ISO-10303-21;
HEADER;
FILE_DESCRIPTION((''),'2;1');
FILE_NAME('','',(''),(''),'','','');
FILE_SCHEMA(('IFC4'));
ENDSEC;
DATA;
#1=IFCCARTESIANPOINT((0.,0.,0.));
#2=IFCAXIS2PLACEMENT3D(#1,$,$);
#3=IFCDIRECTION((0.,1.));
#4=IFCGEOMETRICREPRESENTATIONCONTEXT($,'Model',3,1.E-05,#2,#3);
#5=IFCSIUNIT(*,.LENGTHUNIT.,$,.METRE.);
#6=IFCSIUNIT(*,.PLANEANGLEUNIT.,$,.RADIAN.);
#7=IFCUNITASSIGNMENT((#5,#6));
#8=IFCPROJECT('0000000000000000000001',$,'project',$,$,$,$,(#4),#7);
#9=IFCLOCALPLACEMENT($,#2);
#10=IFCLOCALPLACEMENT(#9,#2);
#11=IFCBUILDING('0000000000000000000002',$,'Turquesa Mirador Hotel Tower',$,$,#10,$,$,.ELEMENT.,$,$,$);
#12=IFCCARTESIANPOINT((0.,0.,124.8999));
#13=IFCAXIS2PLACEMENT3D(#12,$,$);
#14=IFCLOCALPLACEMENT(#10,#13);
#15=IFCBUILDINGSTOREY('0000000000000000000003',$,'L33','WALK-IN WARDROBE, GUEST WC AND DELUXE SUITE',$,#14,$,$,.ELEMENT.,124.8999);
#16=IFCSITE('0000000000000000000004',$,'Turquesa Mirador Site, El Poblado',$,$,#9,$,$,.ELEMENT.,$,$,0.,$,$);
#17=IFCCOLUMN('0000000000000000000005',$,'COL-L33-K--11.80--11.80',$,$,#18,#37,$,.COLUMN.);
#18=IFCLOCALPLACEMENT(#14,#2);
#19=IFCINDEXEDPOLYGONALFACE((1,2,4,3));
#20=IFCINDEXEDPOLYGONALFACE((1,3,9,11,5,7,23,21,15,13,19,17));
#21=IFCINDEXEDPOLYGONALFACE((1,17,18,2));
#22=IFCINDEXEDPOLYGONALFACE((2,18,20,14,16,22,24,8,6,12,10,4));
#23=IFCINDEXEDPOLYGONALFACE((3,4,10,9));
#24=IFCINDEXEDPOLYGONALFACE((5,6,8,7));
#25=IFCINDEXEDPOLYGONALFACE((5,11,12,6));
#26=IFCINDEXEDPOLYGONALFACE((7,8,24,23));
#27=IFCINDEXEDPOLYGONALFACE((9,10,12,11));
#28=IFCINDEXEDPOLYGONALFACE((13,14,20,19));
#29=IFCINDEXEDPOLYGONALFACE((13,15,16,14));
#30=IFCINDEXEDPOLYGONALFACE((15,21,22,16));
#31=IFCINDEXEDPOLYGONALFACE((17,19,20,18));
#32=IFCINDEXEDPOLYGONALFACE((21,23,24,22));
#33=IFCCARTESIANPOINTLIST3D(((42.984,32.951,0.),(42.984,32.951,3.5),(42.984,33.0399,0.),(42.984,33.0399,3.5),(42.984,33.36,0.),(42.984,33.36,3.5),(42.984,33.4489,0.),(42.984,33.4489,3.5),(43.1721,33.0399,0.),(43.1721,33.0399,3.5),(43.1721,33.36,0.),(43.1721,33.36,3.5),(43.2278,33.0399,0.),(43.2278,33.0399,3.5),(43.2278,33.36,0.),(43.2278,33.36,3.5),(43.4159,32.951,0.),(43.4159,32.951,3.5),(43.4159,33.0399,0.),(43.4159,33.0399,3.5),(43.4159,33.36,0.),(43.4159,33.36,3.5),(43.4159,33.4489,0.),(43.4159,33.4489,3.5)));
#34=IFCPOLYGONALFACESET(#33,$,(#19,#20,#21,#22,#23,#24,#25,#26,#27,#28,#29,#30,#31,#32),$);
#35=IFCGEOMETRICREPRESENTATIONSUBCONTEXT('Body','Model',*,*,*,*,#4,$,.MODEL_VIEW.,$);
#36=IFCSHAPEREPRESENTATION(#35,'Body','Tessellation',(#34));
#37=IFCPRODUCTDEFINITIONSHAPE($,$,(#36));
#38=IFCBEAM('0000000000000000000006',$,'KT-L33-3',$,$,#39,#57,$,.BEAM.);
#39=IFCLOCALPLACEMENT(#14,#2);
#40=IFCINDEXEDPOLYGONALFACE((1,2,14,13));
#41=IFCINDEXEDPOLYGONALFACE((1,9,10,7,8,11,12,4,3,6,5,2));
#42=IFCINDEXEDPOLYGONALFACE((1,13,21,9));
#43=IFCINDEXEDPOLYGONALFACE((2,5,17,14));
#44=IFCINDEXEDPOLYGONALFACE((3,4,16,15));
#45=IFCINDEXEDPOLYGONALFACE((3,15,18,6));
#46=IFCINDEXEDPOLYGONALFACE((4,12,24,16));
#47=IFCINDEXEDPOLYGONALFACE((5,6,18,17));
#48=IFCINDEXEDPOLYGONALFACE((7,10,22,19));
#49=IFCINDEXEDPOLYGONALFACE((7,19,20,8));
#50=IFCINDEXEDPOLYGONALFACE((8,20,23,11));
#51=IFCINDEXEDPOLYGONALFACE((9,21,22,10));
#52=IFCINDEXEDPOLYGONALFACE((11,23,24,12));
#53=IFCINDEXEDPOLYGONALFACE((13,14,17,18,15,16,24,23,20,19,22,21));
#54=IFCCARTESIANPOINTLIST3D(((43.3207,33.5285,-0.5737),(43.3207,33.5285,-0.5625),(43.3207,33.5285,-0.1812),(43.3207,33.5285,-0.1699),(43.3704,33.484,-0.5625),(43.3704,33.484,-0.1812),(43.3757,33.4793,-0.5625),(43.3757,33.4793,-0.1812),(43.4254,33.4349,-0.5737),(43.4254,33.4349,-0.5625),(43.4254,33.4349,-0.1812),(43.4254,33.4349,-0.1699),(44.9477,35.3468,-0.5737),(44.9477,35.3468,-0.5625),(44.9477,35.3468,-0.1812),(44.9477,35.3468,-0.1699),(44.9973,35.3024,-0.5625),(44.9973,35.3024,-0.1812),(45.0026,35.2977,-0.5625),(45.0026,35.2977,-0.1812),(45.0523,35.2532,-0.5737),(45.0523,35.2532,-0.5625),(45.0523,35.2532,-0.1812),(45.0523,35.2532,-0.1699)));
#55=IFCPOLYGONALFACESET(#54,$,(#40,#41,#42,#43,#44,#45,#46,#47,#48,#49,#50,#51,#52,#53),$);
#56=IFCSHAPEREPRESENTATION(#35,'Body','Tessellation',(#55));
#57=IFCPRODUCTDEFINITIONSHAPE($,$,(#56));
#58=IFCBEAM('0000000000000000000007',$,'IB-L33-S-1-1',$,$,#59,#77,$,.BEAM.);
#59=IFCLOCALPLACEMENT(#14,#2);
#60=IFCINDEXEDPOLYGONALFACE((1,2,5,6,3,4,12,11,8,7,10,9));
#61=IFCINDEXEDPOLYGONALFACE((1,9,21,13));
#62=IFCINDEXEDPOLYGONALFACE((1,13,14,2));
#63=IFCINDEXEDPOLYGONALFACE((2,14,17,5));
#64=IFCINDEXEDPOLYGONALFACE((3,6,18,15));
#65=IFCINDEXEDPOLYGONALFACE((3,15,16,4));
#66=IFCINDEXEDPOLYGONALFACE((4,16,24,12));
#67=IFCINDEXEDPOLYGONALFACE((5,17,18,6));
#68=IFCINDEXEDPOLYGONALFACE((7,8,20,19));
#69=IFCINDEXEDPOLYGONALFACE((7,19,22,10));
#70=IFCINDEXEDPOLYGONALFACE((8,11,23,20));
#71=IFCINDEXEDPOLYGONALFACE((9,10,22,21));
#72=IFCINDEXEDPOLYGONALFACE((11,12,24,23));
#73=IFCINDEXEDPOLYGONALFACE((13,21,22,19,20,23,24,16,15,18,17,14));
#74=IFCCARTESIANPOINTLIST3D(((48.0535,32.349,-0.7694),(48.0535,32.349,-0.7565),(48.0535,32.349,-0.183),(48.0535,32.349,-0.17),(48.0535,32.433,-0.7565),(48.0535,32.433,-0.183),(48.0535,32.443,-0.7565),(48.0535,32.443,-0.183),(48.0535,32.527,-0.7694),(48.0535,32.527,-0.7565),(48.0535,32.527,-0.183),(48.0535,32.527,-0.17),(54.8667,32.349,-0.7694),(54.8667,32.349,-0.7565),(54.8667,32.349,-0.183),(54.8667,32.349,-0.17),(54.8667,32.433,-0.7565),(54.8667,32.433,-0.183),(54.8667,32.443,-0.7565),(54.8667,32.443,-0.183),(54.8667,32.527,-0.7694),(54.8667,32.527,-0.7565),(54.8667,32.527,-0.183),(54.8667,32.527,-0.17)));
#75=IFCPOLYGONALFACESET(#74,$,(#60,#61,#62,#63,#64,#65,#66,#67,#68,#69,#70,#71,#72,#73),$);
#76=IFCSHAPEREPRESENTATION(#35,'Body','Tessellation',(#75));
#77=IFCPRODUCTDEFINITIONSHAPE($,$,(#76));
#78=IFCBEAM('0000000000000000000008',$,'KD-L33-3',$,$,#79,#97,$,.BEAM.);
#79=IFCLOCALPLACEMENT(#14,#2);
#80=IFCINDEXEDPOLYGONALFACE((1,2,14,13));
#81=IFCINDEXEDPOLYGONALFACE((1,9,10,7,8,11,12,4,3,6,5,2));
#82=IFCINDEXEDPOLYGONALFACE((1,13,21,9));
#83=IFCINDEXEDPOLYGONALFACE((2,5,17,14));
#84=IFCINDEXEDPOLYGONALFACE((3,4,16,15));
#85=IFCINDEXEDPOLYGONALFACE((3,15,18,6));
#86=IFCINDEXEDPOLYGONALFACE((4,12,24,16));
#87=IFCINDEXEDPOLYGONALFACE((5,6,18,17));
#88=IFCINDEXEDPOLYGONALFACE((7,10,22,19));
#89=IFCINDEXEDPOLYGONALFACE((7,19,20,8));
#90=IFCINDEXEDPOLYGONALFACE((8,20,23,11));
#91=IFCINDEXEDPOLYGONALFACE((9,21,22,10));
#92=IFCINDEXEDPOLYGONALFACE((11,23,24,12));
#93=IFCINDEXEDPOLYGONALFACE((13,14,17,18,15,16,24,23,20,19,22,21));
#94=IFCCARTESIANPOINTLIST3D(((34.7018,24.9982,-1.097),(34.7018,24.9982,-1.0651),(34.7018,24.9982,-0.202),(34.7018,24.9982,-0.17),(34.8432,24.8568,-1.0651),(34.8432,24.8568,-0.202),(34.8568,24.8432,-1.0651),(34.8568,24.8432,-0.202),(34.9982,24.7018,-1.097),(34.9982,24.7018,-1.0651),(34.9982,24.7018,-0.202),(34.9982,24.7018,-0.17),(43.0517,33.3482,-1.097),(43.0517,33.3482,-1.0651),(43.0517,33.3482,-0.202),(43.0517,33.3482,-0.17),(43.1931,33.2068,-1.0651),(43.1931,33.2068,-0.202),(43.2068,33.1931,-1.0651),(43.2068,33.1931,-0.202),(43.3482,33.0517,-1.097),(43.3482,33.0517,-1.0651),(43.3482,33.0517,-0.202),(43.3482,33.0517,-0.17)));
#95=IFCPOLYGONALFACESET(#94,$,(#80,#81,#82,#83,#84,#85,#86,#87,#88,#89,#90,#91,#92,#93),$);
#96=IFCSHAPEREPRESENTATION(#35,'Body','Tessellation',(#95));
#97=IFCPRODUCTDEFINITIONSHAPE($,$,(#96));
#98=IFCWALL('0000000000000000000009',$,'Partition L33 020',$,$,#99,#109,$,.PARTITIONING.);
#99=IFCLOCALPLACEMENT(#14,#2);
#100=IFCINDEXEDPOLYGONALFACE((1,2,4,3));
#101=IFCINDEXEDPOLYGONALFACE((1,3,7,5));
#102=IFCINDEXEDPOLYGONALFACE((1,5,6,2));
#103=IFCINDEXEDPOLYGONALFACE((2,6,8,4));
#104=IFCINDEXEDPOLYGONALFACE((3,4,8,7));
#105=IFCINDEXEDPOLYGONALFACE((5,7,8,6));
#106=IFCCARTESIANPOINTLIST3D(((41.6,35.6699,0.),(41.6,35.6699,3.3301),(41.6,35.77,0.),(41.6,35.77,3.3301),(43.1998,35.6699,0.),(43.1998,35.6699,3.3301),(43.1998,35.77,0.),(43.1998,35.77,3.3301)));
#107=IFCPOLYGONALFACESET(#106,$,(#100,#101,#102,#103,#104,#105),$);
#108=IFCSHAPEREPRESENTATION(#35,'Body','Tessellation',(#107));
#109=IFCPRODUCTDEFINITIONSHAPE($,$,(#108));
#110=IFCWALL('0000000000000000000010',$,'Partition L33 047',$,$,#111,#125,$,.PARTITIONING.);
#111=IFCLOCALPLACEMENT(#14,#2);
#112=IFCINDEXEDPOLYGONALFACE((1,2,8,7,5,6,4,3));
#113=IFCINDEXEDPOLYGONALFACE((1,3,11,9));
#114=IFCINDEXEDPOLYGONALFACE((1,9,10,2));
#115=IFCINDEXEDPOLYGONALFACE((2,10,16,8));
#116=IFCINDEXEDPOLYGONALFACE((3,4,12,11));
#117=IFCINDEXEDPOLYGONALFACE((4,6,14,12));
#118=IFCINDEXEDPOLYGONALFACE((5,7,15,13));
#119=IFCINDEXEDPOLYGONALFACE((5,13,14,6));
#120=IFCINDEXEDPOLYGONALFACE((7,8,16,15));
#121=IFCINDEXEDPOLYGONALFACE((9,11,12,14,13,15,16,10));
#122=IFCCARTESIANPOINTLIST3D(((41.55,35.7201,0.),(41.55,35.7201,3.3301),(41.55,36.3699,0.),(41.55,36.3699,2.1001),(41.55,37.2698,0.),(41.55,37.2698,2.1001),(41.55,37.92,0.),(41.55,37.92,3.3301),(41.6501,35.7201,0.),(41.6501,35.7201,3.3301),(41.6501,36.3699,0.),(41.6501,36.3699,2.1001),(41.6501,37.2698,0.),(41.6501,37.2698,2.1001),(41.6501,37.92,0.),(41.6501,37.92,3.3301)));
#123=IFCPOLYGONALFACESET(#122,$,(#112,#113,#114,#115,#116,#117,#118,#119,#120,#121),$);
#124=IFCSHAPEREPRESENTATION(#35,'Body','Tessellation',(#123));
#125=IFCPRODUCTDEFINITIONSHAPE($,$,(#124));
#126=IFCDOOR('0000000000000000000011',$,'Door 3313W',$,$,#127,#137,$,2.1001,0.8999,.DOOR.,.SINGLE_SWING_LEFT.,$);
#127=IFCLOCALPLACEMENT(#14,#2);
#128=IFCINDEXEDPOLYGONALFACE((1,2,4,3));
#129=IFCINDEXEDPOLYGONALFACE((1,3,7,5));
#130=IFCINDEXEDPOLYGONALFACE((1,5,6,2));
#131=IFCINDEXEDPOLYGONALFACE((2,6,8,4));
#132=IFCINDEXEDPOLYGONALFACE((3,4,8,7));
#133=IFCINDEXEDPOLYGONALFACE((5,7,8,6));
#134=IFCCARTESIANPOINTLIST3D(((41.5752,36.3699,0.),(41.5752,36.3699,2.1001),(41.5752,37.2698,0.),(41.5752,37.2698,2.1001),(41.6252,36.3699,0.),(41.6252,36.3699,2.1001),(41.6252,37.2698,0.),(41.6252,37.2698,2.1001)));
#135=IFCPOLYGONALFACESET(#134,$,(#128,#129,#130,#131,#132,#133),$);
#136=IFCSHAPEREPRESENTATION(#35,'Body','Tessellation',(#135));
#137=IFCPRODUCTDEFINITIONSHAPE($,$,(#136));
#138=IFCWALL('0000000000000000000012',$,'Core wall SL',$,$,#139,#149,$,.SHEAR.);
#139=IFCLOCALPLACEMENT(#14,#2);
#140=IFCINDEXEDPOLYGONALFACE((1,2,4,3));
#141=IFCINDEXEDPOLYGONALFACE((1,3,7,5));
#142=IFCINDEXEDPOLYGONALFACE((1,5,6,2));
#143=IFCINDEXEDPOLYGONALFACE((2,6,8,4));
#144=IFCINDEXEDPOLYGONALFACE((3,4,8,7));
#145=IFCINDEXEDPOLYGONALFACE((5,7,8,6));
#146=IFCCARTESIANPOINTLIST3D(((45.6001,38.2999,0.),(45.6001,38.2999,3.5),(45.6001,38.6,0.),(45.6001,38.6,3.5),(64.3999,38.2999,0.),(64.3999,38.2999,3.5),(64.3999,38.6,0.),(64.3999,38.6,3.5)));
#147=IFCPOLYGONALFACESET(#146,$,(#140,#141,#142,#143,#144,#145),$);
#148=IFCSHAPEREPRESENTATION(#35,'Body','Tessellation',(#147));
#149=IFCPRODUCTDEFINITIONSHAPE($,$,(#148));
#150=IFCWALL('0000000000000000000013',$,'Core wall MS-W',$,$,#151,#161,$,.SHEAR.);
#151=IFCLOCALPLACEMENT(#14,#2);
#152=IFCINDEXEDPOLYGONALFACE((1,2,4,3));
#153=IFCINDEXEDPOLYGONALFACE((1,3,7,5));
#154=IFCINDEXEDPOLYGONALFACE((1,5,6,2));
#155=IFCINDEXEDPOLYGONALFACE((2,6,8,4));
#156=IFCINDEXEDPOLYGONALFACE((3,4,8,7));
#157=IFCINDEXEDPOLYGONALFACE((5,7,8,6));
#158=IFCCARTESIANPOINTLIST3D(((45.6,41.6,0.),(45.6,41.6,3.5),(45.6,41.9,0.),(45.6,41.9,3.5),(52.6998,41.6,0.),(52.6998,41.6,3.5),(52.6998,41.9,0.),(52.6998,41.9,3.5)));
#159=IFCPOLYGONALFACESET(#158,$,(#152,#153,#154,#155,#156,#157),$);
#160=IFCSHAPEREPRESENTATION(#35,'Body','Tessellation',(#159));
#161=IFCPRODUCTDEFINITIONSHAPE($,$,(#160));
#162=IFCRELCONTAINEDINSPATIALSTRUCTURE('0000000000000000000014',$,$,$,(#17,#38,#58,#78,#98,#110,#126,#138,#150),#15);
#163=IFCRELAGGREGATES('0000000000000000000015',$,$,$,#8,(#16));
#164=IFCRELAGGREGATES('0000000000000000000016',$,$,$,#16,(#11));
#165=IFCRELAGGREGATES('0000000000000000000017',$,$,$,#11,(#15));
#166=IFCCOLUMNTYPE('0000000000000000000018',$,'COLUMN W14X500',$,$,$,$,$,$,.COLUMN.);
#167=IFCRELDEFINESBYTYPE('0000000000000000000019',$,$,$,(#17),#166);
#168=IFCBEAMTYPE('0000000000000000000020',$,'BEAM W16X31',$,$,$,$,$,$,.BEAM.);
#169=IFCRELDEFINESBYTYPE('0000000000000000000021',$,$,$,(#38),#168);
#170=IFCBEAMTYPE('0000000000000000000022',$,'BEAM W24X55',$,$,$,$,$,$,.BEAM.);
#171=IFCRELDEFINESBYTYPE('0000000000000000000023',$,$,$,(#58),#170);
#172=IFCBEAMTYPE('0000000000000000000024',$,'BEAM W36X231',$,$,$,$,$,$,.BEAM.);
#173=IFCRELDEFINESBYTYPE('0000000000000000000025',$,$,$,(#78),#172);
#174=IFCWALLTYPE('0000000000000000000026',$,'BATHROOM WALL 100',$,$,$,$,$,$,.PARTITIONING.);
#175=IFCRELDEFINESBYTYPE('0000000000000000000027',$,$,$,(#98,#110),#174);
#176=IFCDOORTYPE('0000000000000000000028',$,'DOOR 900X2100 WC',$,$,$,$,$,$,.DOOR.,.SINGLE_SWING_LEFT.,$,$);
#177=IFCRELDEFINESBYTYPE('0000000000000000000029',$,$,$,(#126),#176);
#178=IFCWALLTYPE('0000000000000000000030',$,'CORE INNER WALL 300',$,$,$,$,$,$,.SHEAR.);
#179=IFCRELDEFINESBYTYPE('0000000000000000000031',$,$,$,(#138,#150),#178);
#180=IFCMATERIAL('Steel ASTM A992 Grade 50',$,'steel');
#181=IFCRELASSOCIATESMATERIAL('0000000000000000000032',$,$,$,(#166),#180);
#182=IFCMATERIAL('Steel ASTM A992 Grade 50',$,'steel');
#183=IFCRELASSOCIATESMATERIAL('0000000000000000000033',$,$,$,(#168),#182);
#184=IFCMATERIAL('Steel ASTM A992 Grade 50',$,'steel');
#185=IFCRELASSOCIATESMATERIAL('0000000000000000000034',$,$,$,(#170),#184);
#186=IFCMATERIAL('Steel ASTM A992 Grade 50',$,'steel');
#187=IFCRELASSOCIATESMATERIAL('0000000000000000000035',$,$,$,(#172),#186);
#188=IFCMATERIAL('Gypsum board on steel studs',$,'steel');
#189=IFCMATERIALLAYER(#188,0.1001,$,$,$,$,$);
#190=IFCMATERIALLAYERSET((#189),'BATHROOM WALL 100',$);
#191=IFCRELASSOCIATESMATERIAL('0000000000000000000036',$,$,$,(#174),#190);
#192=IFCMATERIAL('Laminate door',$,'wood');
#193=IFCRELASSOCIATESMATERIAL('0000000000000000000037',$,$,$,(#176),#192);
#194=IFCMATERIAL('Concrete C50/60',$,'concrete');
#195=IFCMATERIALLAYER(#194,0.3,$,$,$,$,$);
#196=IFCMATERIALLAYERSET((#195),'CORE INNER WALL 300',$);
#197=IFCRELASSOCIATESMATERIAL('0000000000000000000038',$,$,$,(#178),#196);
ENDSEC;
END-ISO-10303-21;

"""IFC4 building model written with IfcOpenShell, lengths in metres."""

from ifc_helpers import new_model, si_unit, direction, frame, frame_2d, origin, origin_2d, place, context, subcontext, project, spatial, rectangle, i_section, extrude, material, layer, layer_set, material_profile, profile_set, type_object, element, fill, save


model = new_model("IFC4")

# Units and contexts
model_context = context("Model", 3, precision=1e-05, world=origin(), true_north=direction((0.0, 1.0)))
body_context = subcontext(model_context, "Body", "Model", "MODEL_VIEW")
ifc_project = project(units=[si_unit("LENGTHUNIT", "METRE"), si_unit("PLANEANGLEUNIT", "RADIAN")], contexts=[model_context])

# Site, building, storey
site_placement = place(None, origin())
site = spatial("IfcSite", under=ifc_project, at=site_placement, Name="Turquesa Mirador Site, El Poblado", CompositionType="ELEMENT", RefElevation=0.0)
building_placement = place(site_placement, origin())
building = spatial("IfcBuilding", under=site, at=building_placement, Name="Turquesa Mirador Hotel Tower", CompositionType="ELEMENT")
storey_placement = place(building_placement, frame((0.0, 0.0, 124.8999)))
storey = spatial("IfcBuildingStorey", under=building, at=storey_placement, Name="L33", Description="WALK-IN WARDROBE, GUEST WC AND DELUXE SUITE", CompositionType="ELEMENT", Elevation=124.8999)

# Column
ifc_material_1 = material(Name="Steel ASTM A992 Grade 50", Category="steel")
ifc_material_profile_1 = material_profile(ifc_material_1, i_section(OverallWidth=0.4319, OverallDepth=0.4978, WebThickness=0.0557, FlangeThickness=0.0889, at=origin_2d()), Name="W14X500")
ifc_profile_set_1 = profile_set([ifc_material_profile_1], Name="Steel ASTM A992 Grade 50")
column_type = type_object("IfcColumnType", Name="COLUMN W14X500", PredefinedType="COLUMN", material=ifc_profile_set_1)
column_placement = place(storey_placement, frame((43.2, 33.2, 0.0), z_axis=(0.0, 0.0, 1.0), x_axis=(1.0, 0.0, 0.0)))
element("IfcColumn", 1, at=column_placement, inside=storey, type_object=column_type, Name="COL-L33-K--11.80--11.80", PredefinedType="COLUMN", context=body_context, shape_type="SweptSolid", body=[
    extrude(i_section(OverallWidth=0.4319, OverallDepth=0.4978, WebThickness=0.0557, FlangeThickness=0.0889, at=origin_2d()), origin(), (0.0, 0.0, 1.0), 3.5),
])

# Beams
ifc_material_2 = material(Name="Steel ASTM A992 Grade 50", Category="steel")
ifc_material_profile_2 = material_profile(ifc_material_2, i_section(OverallWidth=0.1404, OverallDepth=0.4038, WebThickness=0.0071, FlangeThickness=0.0112, at=origin_2d()), Name="W16X31")
ifc_profile_set_2 = profile_set([ifc_material_profile_2], Name="Steel ASTM A992 Grade 50")
beam_type_1 = type_object("IfcBeamType", Name="BEAM W16X31", PredefinedType="BEAM", material=ifc_profile_set_2)
beam_1_placement = place(storey_placement, frame((43.373, 33.4817, -0.3718), z_axis=(0.666795, 0.745241, 0.0), x_axis=(-0.745241, 0.666795, 0.0)))
element("IfcBeam", 2, at=beam_1_placement, inside=storey, type_object=beam_type_1, Name="KT-L33-3", PredefinedType="BEAM", context=body_context, shape_type="SweptSolid", body=[
    extrude(i_section(OverallWidth=0.1404, OverallDepth=0.4038, WebThickness=0.0071, FlangeThickness=0.0112, at=origin_2d()), origin(), (0.0, 0.0, 1.0), 2.4399),
])
ifc_material_3 = material(Name="Steel ASTM A992 Grade 50", Category="steel")
ifc_material_profile_3 = material_profile(ifc_material_3, i_section(OverallWidth=0.178, OverallDepth=0.5994, WebThickness=0.01, FlangeThickness=0.0129, at=origin_2d()), Name="W24X55")
ifc_profile_set_3 = profile_set([ifc_material_profile_3], Name="Steel ASTM A992 Grade 50")
beam_type_2 = type_object("IfcBeamType", Name="BEAM W24X55", PredefinedType="BEAM", material=ifc_profile_set_3)
beam_2_placement = place(storey_placement, frame((48.0535, 32.438, -0.4697), z_axis=(1.0, 0.0, 0.0), x_axis=(0.0, 1.0, 0.0)))
element("IfcBeam", 3, at=beam_2_placement, inside=storey, type_object=beam_type_2, Name="IB-L33-S-1-1", PredefinedType="BEAM", context=body_context, shape_type="SweptSolid", body=[
    extrude(i_section(OverallWidth=0.178, OverallDepth=0.5994, WebThickness=0.01, FlangeThickness=0.0129, at=origin_2d()), origin(), (0.0, 0.0, 1.0), 6.8132),
])
ifc_material_4 = material(Name="Steel ASTM A992 Grade 50", Category="steel")
ifc_material_profile_4 = material_profile(ifc_material_4, i_section(OverallWidth=0.4192, OverallDepth=0.927, WebThickness=0.0193, FlangeThickness=0.032, at=origin_2d()), Name="W36X231")
ifc_profile_set_4 = profile_set([ifc_material_profile_4], Name="Steel ASTM A992 Grade 50")
beam_type_3 = type_object("IfcBeamType", Name="BEAM W36X231", PredefinedType="BEAM", material=ifc_profile_set_4)
beam_3_placement = place(storey_placement, frame((43.2, 33.2, -0.6335), z_axis=(-0.707107, -0.707107, 0.0), x_axis=(0.707107, -0.707107, 0.0)))
element("IfcBeam", 4, at=beam_3_placement, inside=storey, type_object=beam_type_3, Name="KD-L33-3", PredefinedType="BEAM", context=body_context, shape_type="SweptSolid", body=[
    extrude(i_section(OverallWidth=0.4192, OverallDepth=0.927, WebThickness=0.0193, FlangeThickness=0.032, at=origin_2d()), origin(), (0.0, 0.0, 1.0), 11.8086),
])

# Wall
ifc_material_5 = material(Name="Gypsum board on steel studs", Category="steel")
ifc_layer_1 = layer(ifc_material_5, 0.1001)
ifc_layer_set_1 = layer_set([ifc_layer_1], Name="BATHROOM WALL 100")
wall_type_1 = type_object("IfcWallType", Name="BATHROOM WALL 100", PredefinedType="PARTITIONING", material=ifc_layer_set_1)
wall_1_placement = place(storey_placement, frame((41.6001, 35.72, 0.0), z_axis=(0.0, 0.0, 1.0), x_axis=(1.0, 0.0, 0.0)))
element("IfcWall", 5, at=wall_1_placement, inside=storey, type_object=wall_type_1, Name="Partition L33 020", PredefinedType="PARTITIONING", context=body_context, shape_type="SweptSolid", body=[
    extrude(rectangle(XDim=1.5999, YDim=0.1001, at=frame_2d((0.7998, 0.0))), origin(), (0.0, 0.0, 1.0), 3.3301),
])

# Wall, opening, door
wall_2_placement = place(storey_placement, frame((41.6001, 35.72, 0.0), z_axis=(0.0, 0.0, 1.0), x_axis=(0.0, 1.0, 0.0)))
wall_2 = element("IfcWall", 6, at=wall_2_placement, inside=storey, type_object=wall_type_1, Name="Partition L33 047", PredefinedType="PARTITIONING", context=body_context, shape_type="SweptSolid", body=[
    extrude(rectangle(XDim=2.2, YDim=0.1001, at=frame_2d((1.1001, 0.0))), origin(), (0.0, 0.0, 1.0), 3.3301),
])
opening_1_placement = place(wall_2_placement, frame((0.6499, 0.0, 0.0)))
opening_1 = element("IfcOpeningElement", 7, at=opening_1_placement, cuts=wall_2, PredefinedType="OPENING", context=body_context, shape_type="SweptSolid", body=[
    extrude(rectangle(XDim=0.8999, YDim=2.1001, at=frame_2d((0.45, 1.05))), frame((0.0, 0.0601, 0.0), z_axis=(0.0, -1.0, 0.0), x_axis=(1.0, 0.0, 0.0)), (0.0, 0.0, 1.0), 0.1201),
])
ifc_material_6 = material(Name="Laminate door", Category="wood")
door_type_1 = type_object("IfcDoorType", Name="DOOR 900X2100 WC", OperationType="SINGLE_SWING_LEFT", PredefinedType="DOOR", material=ifc_material_6)
door_1_placement = place(opening_1_placement, origin())
door_1 = element("IfcDoor", 8, at=door_1_placement, inside=storey, type_object=door_type_1, Name="Door 3313W", OperationType="SINGLE_SWING_LEFT", OverallHeight=2.1001, OverallWidth=0.8999, PredefinedType="DOOR", context=body_context, shape_type="SweptSolid", body=[
    extrude(rectangle(XDim=0.8999, YDim=2.1001, at=frame_2d((0.45, 1.05))), frame((0.0, 0.0249, 0.0), z_axis=(0.0, -1.0, 0.0), x_axis=(1.0, 0.0, 0.0)), (0.0, 0.0, 1.0), 0.05),
])
fill(opening_1, door_1)

# Walls
ifc_material_7 = material(Name="Concrete C50/60", Category="concrete")
ifc_layer_2 = layer(ifc_material_7, 0.3)
ifc_layer_set_2 = layer_set([ifc_layer_2], Name="CORE INNER WALL 300")
wall_type_2 = type_object("IfcWallType", Name="CORE INNER WALL 300", PredefinedType="SHEAR", material=ifc_layer_set_2)
wall_3_placement = place(storey_placement, frame((45.6001, 38.45, 0.0), z_axis=(0.0, 0.0, 1.0), x_axis=(1.0, 0.0, 0.0)))
element("IfcWall", 9, at=wall_3_placement, inside=storey, type_object=wall_type_2, Name="Core wall SL", PredefinedType="SHEAR", context=body_context, shape_type="SweptSolid", body=[
    extrude(rectangle(XDim=18.7998, YDim=0.3, at=frame_2d((9.3999, 0.0))), origin(), (0.0, 0.0, 1.0), 3.5),
])
wall_4_placement = place(storey_placement, frame((45.6001, 41.75, 0.0), z_axis=(0.0, 0.0, 1.0), x_axis=(1.0, 0.0, 0.0)))
element("IfcWall", 10, at=wall_4_placement, inside=storey, type_object=wall_type_2, Name="Core wall MS-W", PredefinedType="SHEAR", context=body_context, shape_type="SweptSolid", body=[
    extrude(rectangle(XDim=7.0999, YDim=0.3, at=frame_2d((3.5498, 0.0))), origin(), (0.0, 0.0, 1.0), 3.5),
])

save(model, "model.ifc")
